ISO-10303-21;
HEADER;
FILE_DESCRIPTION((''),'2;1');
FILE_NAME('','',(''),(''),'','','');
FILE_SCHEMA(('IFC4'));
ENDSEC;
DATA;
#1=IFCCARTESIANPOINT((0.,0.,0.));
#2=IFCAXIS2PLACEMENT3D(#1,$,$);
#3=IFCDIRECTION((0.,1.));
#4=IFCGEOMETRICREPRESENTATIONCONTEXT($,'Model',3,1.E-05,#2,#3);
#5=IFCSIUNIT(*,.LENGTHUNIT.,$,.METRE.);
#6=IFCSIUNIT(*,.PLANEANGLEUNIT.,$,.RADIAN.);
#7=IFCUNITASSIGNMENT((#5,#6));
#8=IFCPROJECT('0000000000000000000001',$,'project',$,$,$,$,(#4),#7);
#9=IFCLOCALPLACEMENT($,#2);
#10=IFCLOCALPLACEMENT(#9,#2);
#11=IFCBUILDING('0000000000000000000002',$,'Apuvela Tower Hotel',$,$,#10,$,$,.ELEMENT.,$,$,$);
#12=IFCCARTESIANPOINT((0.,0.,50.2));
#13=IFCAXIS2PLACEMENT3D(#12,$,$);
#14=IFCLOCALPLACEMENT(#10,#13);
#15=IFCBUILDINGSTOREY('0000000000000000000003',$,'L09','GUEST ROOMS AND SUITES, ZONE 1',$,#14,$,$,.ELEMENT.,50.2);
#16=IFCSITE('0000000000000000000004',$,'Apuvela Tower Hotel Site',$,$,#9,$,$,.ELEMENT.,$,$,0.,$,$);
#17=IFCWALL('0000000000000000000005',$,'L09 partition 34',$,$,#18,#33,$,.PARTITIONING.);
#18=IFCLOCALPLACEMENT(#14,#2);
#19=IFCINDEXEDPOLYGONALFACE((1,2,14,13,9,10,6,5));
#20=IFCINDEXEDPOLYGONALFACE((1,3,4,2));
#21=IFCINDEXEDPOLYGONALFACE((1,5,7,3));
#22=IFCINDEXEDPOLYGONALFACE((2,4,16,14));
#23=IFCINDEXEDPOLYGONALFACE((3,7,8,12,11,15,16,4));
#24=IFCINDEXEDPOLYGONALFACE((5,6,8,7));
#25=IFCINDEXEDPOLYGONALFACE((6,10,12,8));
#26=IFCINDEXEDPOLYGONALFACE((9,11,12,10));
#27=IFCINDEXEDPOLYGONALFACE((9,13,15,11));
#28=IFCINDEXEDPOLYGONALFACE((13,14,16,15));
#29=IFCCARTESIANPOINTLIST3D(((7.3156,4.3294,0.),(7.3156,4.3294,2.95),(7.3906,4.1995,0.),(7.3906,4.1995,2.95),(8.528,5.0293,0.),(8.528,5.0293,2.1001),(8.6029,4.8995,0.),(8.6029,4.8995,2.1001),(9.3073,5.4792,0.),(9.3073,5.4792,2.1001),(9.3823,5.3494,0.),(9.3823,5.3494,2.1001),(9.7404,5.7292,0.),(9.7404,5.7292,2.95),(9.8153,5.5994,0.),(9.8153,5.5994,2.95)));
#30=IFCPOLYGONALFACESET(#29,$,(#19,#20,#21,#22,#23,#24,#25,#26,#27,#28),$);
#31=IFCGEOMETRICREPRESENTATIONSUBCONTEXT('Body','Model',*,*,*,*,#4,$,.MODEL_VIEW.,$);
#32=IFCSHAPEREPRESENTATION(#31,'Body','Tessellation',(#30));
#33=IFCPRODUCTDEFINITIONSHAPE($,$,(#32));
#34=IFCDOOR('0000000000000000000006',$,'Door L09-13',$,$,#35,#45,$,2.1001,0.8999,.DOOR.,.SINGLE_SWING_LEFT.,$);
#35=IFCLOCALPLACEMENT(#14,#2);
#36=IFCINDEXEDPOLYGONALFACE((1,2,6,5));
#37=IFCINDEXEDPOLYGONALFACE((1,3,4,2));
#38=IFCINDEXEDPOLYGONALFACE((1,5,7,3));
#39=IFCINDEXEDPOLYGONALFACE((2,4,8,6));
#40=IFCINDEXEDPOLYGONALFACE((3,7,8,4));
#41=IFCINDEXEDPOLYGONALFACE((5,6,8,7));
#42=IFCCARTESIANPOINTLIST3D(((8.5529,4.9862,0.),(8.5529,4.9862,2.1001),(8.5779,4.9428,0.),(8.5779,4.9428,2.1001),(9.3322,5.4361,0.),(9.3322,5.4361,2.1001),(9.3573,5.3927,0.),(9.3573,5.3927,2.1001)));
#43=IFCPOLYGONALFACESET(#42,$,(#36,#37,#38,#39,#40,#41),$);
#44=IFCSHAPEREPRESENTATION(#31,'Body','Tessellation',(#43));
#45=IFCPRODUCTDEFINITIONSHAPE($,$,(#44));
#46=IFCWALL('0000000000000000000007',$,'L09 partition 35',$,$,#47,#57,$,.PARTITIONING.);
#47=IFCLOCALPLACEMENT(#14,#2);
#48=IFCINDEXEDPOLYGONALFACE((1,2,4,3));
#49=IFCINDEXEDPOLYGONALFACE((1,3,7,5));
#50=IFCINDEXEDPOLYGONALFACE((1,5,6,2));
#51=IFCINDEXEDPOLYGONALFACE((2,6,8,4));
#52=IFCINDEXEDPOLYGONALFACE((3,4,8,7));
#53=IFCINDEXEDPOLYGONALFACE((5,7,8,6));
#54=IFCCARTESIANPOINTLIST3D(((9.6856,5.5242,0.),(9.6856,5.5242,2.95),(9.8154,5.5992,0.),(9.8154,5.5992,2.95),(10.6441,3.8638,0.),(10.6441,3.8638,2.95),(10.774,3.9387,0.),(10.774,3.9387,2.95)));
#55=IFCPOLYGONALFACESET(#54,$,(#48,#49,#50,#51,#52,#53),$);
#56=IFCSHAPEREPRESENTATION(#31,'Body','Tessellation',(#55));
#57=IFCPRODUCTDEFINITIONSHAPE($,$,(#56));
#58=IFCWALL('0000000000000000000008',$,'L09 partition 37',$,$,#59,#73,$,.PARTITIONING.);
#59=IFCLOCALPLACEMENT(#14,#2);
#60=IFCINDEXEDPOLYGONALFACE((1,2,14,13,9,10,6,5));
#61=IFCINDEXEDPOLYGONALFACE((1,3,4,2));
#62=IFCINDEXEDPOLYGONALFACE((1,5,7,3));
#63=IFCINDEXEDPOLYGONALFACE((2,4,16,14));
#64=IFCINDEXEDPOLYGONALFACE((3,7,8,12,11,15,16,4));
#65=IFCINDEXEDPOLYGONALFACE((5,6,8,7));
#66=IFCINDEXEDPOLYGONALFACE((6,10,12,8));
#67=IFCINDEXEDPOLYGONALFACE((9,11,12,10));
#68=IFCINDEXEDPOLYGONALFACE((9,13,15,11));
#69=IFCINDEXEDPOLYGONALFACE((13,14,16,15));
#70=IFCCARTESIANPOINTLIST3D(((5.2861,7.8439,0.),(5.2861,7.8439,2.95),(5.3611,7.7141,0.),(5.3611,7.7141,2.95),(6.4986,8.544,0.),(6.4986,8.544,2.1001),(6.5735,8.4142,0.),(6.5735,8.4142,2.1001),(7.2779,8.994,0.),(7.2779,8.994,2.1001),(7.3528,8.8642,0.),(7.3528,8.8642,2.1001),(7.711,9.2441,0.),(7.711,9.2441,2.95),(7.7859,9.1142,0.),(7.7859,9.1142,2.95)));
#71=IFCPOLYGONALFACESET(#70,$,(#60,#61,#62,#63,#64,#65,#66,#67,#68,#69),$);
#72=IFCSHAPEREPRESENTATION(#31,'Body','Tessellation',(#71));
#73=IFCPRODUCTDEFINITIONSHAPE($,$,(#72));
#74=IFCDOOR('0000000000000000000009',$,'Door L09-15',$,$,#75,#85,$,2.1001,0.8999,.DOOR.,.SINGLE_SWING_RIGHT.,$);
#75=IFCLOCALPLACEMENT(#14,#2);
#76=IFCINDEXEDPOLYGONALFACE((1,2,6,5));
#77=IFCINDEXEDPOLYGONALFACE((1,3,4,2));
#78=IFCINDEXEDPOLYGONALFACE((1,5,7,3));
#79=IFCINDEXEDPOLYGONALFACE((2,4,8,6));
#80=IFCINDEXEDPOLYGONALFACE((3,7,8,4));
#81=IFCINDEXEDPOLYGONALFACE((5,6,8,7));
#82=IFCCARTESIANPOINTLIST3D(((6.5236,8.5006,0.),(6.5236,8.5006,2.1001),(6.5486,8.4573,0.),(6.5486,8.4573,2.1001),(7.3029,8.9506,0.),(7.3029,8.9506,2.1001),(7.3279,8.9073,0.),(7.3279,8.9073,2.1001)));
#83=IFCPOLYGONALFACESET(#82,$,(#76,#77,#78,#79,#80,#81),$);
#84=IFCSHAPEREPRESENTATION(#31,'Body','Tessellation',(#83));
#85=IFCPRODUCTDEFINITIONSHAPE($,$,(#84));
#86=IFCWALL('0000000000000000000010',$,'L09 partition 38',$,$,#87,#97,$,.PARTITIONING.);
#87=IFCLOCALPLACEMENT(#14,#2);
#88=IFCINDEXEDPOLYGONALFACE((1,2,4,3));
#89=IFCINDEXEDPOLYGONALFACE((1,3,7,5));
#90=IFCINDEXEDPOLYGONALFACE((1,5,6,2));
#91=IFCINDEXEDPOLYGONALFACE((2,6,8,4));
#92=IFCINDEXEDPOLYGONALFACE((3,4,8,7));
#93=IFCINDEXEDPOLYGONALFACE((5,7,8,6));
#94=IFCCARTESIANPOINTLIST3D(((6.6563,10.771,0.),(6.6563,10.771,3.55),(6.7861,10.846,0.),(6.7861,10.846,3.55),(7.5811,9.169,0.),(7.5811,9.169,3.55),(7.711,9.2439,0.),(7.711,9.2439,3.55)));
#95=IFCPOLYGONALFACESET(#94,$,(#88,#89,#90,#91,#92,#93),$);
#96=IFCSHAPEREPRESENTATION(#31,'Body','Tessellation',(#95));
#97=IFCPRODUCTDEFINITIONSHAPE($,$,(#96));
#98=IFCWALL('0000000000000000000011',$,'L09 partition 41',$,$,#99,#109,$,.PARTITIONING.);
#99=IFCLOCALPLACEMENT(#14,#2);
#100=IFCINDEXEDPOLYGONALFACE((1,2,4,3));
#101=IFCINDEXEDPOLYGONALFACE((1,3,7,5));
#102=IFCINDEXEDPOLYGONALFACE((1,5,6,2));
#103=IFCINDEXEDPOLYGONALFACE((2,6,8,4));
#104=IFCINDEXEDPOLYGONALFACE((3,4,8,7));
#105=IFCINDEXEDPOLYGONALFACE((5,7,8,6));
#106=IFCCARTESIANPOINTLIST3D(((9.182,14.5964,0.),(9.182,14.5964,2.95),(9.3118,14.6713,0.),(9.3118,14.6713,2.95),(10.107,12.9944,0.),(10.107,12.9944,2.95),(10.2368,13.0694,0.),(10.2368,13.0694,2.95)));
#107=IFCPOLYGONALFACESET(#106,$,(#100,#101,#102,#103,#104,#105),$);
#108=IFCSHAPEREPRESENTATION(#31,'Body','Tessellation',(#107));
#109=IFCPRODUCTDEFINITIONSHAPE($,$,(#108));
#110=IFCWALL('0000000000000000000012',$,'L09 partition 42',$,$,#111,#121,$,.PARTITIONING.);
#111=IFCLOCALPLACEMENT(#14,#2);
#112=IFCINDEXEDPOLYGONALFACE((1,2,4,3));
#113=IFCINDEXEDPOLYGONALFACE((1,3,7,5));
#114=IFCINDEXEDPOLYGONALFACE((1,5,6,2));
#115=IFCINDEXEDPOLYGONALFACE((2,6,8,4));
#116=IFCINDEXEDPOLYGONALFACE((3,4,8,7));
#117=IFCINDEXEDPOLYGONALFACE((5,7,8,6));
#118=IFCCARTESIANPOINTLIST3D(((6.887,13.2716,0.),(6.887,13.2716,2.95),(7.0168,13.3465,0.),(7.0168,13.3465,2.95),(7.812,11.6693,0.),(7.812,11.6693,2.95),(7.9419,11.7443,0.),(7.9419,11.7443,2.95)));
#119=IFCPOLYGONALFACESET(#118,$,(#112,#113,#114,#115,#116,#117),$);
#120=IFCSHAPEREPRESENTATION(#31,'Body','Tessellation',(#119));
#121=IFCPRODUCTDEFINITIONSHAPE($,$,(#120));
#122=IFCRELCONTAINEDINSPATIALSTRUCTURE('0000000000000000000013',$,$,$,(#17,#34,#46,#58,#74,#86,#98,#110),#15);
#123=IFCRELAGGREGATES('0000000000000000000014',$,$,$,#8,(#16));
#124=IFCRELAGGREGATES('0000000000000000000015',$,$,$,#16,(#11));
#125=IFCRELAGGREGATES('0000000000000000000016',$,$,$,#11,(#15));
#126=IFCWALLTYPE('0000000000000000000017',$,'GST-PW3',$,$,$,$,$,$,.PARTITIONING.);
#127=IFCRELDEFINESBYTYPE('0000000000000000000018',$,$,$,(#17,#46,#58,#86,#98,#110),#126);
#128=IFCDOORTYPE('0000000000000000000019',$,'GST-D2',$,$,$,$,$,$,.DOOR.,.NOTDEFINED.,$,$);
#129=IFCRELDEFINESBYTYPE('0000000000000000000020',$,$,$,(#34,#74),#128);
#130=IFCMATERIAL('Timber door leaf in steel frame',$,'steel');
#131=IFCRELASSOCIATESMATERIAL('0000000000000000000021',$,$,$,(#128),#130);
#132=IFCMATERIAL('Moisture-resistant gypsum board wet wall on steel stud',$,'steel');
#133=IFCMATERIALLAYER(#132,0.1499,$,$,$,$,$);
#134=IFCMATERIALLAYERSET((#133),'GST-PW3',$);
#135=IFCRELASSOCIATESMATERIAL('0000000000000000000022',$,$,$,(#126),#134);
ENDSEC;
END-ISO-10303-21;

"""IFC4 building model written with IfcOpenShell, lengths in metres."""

from ifc_helpers import new_model, si_unit, direction, frame, frame_2d, origin, place, context, subcontext, project, spatial, rectangle, extrude, material, layer, layer_set, type_object, element, fill, save


model = new_model("IFC4")

# Units and contexts
model_context = context("Model", 3, precision=1e-05, world=origin(), true_north=direction((0.0, 1.0)))
body_context = subcontext(model_context, "Body", "Model", "MODEL_VIEW")
ifc_project = project(units=[si_unit("LENGTHUNIT", "METRE"), si_unit("PLANEANGLEUNIT", "RADIAN")], contexts=[model_context])

# Site, building, storey
site_placement = place(None, origin())
site = spatial("IfcSite", under=ifc_project, at=site_placement, Name="Apuvela Tower Hotel Site", CompositionType="ELEMENT", RefElevation=0.0)
building_placement = place(site_placement, origin())
building = spatial("IfcBuilding", under=site, at=building_placement, Name="Apuvela Tower Hotel", CompositionType="ELEMENT")
storey_placement = place(building_placement, frame((0.0, 0.0, 50.2)))
storey = spatial("IfcBuildingStorey", under=building, at=storey_placement, Name="L09", Description="GUEST ROOMS AND SUITES, ZONE 1", CompositionType="ELEMENT", Elevation=50.2)

# Wall, opening, door
ifc_material_1 = material(Name="Timber door leaf in steel frame", Category="steel")
door_type_1 = type_object("IfcDoorType", Name="GST-D2", OperationType="NOTDEFINED", PredefinedType="DOOR", material=ifc_material_1)
ifc_material_2 = material(Name="Moisture-resistant gypsum board wet wall on steel stud", Category="steel")
ifc_layer_1 = layer(ifc_material_2, 0.1499)
ifc_layer_set_1 = layer_set([ifc_layer_1], Name="GST-PW3")
wall_type_1 = type_object("IfcWallType", Name="GST-PW3", PredefinedType="PARTITIONING", material=ifc_layer_set_1)
wall_1_placement = place(storey_placement, frame((9.7778, 5.6643, 0.0), z_axis=(0.0, 0.0, 1.0), x_axis=(-0.866035, -0.499984, 0.0)))
wall_1 = element("IfcWall", 1, at=wall_1_placement, inside=storey, type_object=wall_type_1, Name="L09 partition 34", PredefinedType="PARTITIONING", context=body_context, shape_type="SweptSolid", body=[
    extrude(rectangle(XDim=2.7998, YDim=0.1499, at=frame_2d((1.3999, 0.0))), origin(), (0.0, 0.0, 1.0), 2.95),
])
opening_1_placement = place(wall_1_placement, frame((0.5, 0.0, 0.0)))
opening_1 = element("IfcOpeningElement", 2, at=opening_1_placement, cuts=wall_1, PredefinedType="OPENING", context=body_context, shape_type="SweptSolid", body=[
    extrude(rectangle(XDim=0.8999, YDim=2.1001, at=frame_2d((0.45, 1.05))), frame((0.0, 0.085, 0.0), z_axis=(0.0, -1.0, 0.0), x_axis=(1.0, 0.0, 0.0)), (0.0, 0.0, 1.0), 0.1699),
])
door_1_placement = place(opening_1_placement, origin())
door_1 = element("IfcDoor", 3, at=door_1_placement, inside=storey, type_object=door_type_1, Name="Door L09-13", OperationType="SINGLE_SWING_LEFT", OverallHeight=2.1001, OverallWidth=0.8999, PredefinedType="DOOR", context=body_context, shape_type="SweptSolid", body=[
    extrude(rectangle(XDim=0.8999, YDim=2.1001, at=frame_2d((0.45, 1.05))), frame((0.0, 0.0249, 0.0), z_axis=(0.0, -1.0, 0.0), x_axis=(1.0, 0.0, 0.0)), (0.0, 0.0, 1.0), 0.05),
])
fill(opening_1, door_1)

# Wall
wall_2_placement = place(storey_placement, frame((10.709, 3.9014, 0.0), z_axis=(0.0, 0.0, 1.0), x_axis=(-0.499947, 0.866056, 0.0)))
element("IfcWall", 4, at=wall_2_placement, inside=storey, type_object=wall_type_1, Name="L09 partition 35", PredefinedType="PARTITIONING", context=body_context, shape_type="SweptSolid", body=[
    extrude(rectangle(XDim=1.9172, YDim=0.1499, at=frame_2d((0.9585, 0.0))), origin(), (0.0, 0.0, 1.0), 2.95),
])

# Wall, opening, door
wall_3_placement = place(storey_placement, frame((5.3237, 7.7791, 0.0), z_axis=(0.0, 0.0, 1.0), x_axis=(0.865997, 0.50005, 0.0)))
wall_3 = element("IfcWall", 5, at=wall_3_placement, inside=storey, type_object=wall_type_1, Name="L09 partition 37", PredefinedType="PARTITIONING", context=body_context, shape_type="SweptSolid", body=[
    extrude(rectangle(XDim=2.8, YDim=0.1499, at=frame_2d((1.3999, 0.0))), origin(), (0.0, 0.0, 1.0), 2.95),
])
opening_2_placement = place(wall_3_placement, frame((1.3999, 0.0, 0.0)))
opening_2 = element("IfcOpeningElement", 6, at=opening_2_placement, cuts=wall_3, PredefinedType="OPENING", context=body_context, shape_type="SweptSolid", body=[
    extrude(rectangle(XDim=0.8999, YDim=2.1001, at=frame_2d((0.45, 1.05))), frame((0.0, 0.085, 0.0), z_axis=(0.0, -1.0, 0.0), x_axis=(1.0, 0.0, 0.0)), (0.0, 0.0, 1.0), 0.1699),
])
door_2_placement = place(opening_2_placement, origin())
door_2 = element("IfcDoor", 7, at=door_2_placement, inside=storey, type_object=door_type_1, Name="Door L09-15", OperationType="SINGLE_SWING_RIGHT", OverallHeight=2.1001, OverallWidth=0.8999, PredefinedType="DOOR", context=body_context, shape_type="SweptSolid", body=[
    extrude(rectangle(XDim=0.8999, YDim=2.1001, at=frame_2d((0.45, 1.05))), frame((0.0, 0.0249, 0.0), z_axis=(0.0, -1.0, 0.0), x_axis=(1.0, 0.0, 0.0)), (0.0, 0.0, 1.0), 0.05),
])
fill(opening_2, door_2)

# Walls
wall_4_placement = place(storey_placement, frame((7.646, 9.2065, 0.0), z_axis=(0.0, 0.0, 1.0), x_axis=(-0.499943, 0.866058, 0.0)))
element("IfcWall", 8, at=wall_4_placement, inside=storey, type_object=wall_type_1, Name="L09 partition 38", PredefinedType="PARTITIONING", context=body_context, shape_type="SweptSolid", body=[
    extrude(rectangle(XDim=1.8499, YDim=0.1499, at=frame_2d((0.9248, 0.0))), origin(), (0.0, 0.0, 1.0), 3.55),
])
wall_5_placement = place(storey_placement, frame((10.1719, 13.032, 0.0), z_axis=(0.0, 0.0, 1.0), x_axis=(-0.500042, 0.866001, 0.0)))
element("IfcWall", 9, at=wall_5_placement, inside=storey, type_object=wall_type_1, Name="L09 partition 41", PredefinedType="PARTITIONING", context=body_context, shape_type="SweptSolid", body=[
    extrude(rectangle(XDim=1.8499, YDim=0.1499, at=frame_2d((0.9248, 0.0))), origin(), (0.0, 0.0, 1.0), 2.95),
])
wall_6_placement = place(storey_placement, frame((7.877, 11.7068, 0.0), z_axis=(0.0, 0.0, 1.0), x_axis=(-0.499985, 0.866034, 0.0)))
element("IfcWall", 10, at=wall_6_placement, inside=storey, type_object=wall_type_1, Name="L09 partition 42", PredefinedType="PARTITIONING", context=body_context, shape_type="SweptSolid", body=[
    extrude(rectangle(XDim=1.8501, YDim=0.1499, at=frame_2d((0.925, 0.0))), origin(), (0.0, 0.0, 1.0), 2.95),
])

save(model, "model.ifc")
